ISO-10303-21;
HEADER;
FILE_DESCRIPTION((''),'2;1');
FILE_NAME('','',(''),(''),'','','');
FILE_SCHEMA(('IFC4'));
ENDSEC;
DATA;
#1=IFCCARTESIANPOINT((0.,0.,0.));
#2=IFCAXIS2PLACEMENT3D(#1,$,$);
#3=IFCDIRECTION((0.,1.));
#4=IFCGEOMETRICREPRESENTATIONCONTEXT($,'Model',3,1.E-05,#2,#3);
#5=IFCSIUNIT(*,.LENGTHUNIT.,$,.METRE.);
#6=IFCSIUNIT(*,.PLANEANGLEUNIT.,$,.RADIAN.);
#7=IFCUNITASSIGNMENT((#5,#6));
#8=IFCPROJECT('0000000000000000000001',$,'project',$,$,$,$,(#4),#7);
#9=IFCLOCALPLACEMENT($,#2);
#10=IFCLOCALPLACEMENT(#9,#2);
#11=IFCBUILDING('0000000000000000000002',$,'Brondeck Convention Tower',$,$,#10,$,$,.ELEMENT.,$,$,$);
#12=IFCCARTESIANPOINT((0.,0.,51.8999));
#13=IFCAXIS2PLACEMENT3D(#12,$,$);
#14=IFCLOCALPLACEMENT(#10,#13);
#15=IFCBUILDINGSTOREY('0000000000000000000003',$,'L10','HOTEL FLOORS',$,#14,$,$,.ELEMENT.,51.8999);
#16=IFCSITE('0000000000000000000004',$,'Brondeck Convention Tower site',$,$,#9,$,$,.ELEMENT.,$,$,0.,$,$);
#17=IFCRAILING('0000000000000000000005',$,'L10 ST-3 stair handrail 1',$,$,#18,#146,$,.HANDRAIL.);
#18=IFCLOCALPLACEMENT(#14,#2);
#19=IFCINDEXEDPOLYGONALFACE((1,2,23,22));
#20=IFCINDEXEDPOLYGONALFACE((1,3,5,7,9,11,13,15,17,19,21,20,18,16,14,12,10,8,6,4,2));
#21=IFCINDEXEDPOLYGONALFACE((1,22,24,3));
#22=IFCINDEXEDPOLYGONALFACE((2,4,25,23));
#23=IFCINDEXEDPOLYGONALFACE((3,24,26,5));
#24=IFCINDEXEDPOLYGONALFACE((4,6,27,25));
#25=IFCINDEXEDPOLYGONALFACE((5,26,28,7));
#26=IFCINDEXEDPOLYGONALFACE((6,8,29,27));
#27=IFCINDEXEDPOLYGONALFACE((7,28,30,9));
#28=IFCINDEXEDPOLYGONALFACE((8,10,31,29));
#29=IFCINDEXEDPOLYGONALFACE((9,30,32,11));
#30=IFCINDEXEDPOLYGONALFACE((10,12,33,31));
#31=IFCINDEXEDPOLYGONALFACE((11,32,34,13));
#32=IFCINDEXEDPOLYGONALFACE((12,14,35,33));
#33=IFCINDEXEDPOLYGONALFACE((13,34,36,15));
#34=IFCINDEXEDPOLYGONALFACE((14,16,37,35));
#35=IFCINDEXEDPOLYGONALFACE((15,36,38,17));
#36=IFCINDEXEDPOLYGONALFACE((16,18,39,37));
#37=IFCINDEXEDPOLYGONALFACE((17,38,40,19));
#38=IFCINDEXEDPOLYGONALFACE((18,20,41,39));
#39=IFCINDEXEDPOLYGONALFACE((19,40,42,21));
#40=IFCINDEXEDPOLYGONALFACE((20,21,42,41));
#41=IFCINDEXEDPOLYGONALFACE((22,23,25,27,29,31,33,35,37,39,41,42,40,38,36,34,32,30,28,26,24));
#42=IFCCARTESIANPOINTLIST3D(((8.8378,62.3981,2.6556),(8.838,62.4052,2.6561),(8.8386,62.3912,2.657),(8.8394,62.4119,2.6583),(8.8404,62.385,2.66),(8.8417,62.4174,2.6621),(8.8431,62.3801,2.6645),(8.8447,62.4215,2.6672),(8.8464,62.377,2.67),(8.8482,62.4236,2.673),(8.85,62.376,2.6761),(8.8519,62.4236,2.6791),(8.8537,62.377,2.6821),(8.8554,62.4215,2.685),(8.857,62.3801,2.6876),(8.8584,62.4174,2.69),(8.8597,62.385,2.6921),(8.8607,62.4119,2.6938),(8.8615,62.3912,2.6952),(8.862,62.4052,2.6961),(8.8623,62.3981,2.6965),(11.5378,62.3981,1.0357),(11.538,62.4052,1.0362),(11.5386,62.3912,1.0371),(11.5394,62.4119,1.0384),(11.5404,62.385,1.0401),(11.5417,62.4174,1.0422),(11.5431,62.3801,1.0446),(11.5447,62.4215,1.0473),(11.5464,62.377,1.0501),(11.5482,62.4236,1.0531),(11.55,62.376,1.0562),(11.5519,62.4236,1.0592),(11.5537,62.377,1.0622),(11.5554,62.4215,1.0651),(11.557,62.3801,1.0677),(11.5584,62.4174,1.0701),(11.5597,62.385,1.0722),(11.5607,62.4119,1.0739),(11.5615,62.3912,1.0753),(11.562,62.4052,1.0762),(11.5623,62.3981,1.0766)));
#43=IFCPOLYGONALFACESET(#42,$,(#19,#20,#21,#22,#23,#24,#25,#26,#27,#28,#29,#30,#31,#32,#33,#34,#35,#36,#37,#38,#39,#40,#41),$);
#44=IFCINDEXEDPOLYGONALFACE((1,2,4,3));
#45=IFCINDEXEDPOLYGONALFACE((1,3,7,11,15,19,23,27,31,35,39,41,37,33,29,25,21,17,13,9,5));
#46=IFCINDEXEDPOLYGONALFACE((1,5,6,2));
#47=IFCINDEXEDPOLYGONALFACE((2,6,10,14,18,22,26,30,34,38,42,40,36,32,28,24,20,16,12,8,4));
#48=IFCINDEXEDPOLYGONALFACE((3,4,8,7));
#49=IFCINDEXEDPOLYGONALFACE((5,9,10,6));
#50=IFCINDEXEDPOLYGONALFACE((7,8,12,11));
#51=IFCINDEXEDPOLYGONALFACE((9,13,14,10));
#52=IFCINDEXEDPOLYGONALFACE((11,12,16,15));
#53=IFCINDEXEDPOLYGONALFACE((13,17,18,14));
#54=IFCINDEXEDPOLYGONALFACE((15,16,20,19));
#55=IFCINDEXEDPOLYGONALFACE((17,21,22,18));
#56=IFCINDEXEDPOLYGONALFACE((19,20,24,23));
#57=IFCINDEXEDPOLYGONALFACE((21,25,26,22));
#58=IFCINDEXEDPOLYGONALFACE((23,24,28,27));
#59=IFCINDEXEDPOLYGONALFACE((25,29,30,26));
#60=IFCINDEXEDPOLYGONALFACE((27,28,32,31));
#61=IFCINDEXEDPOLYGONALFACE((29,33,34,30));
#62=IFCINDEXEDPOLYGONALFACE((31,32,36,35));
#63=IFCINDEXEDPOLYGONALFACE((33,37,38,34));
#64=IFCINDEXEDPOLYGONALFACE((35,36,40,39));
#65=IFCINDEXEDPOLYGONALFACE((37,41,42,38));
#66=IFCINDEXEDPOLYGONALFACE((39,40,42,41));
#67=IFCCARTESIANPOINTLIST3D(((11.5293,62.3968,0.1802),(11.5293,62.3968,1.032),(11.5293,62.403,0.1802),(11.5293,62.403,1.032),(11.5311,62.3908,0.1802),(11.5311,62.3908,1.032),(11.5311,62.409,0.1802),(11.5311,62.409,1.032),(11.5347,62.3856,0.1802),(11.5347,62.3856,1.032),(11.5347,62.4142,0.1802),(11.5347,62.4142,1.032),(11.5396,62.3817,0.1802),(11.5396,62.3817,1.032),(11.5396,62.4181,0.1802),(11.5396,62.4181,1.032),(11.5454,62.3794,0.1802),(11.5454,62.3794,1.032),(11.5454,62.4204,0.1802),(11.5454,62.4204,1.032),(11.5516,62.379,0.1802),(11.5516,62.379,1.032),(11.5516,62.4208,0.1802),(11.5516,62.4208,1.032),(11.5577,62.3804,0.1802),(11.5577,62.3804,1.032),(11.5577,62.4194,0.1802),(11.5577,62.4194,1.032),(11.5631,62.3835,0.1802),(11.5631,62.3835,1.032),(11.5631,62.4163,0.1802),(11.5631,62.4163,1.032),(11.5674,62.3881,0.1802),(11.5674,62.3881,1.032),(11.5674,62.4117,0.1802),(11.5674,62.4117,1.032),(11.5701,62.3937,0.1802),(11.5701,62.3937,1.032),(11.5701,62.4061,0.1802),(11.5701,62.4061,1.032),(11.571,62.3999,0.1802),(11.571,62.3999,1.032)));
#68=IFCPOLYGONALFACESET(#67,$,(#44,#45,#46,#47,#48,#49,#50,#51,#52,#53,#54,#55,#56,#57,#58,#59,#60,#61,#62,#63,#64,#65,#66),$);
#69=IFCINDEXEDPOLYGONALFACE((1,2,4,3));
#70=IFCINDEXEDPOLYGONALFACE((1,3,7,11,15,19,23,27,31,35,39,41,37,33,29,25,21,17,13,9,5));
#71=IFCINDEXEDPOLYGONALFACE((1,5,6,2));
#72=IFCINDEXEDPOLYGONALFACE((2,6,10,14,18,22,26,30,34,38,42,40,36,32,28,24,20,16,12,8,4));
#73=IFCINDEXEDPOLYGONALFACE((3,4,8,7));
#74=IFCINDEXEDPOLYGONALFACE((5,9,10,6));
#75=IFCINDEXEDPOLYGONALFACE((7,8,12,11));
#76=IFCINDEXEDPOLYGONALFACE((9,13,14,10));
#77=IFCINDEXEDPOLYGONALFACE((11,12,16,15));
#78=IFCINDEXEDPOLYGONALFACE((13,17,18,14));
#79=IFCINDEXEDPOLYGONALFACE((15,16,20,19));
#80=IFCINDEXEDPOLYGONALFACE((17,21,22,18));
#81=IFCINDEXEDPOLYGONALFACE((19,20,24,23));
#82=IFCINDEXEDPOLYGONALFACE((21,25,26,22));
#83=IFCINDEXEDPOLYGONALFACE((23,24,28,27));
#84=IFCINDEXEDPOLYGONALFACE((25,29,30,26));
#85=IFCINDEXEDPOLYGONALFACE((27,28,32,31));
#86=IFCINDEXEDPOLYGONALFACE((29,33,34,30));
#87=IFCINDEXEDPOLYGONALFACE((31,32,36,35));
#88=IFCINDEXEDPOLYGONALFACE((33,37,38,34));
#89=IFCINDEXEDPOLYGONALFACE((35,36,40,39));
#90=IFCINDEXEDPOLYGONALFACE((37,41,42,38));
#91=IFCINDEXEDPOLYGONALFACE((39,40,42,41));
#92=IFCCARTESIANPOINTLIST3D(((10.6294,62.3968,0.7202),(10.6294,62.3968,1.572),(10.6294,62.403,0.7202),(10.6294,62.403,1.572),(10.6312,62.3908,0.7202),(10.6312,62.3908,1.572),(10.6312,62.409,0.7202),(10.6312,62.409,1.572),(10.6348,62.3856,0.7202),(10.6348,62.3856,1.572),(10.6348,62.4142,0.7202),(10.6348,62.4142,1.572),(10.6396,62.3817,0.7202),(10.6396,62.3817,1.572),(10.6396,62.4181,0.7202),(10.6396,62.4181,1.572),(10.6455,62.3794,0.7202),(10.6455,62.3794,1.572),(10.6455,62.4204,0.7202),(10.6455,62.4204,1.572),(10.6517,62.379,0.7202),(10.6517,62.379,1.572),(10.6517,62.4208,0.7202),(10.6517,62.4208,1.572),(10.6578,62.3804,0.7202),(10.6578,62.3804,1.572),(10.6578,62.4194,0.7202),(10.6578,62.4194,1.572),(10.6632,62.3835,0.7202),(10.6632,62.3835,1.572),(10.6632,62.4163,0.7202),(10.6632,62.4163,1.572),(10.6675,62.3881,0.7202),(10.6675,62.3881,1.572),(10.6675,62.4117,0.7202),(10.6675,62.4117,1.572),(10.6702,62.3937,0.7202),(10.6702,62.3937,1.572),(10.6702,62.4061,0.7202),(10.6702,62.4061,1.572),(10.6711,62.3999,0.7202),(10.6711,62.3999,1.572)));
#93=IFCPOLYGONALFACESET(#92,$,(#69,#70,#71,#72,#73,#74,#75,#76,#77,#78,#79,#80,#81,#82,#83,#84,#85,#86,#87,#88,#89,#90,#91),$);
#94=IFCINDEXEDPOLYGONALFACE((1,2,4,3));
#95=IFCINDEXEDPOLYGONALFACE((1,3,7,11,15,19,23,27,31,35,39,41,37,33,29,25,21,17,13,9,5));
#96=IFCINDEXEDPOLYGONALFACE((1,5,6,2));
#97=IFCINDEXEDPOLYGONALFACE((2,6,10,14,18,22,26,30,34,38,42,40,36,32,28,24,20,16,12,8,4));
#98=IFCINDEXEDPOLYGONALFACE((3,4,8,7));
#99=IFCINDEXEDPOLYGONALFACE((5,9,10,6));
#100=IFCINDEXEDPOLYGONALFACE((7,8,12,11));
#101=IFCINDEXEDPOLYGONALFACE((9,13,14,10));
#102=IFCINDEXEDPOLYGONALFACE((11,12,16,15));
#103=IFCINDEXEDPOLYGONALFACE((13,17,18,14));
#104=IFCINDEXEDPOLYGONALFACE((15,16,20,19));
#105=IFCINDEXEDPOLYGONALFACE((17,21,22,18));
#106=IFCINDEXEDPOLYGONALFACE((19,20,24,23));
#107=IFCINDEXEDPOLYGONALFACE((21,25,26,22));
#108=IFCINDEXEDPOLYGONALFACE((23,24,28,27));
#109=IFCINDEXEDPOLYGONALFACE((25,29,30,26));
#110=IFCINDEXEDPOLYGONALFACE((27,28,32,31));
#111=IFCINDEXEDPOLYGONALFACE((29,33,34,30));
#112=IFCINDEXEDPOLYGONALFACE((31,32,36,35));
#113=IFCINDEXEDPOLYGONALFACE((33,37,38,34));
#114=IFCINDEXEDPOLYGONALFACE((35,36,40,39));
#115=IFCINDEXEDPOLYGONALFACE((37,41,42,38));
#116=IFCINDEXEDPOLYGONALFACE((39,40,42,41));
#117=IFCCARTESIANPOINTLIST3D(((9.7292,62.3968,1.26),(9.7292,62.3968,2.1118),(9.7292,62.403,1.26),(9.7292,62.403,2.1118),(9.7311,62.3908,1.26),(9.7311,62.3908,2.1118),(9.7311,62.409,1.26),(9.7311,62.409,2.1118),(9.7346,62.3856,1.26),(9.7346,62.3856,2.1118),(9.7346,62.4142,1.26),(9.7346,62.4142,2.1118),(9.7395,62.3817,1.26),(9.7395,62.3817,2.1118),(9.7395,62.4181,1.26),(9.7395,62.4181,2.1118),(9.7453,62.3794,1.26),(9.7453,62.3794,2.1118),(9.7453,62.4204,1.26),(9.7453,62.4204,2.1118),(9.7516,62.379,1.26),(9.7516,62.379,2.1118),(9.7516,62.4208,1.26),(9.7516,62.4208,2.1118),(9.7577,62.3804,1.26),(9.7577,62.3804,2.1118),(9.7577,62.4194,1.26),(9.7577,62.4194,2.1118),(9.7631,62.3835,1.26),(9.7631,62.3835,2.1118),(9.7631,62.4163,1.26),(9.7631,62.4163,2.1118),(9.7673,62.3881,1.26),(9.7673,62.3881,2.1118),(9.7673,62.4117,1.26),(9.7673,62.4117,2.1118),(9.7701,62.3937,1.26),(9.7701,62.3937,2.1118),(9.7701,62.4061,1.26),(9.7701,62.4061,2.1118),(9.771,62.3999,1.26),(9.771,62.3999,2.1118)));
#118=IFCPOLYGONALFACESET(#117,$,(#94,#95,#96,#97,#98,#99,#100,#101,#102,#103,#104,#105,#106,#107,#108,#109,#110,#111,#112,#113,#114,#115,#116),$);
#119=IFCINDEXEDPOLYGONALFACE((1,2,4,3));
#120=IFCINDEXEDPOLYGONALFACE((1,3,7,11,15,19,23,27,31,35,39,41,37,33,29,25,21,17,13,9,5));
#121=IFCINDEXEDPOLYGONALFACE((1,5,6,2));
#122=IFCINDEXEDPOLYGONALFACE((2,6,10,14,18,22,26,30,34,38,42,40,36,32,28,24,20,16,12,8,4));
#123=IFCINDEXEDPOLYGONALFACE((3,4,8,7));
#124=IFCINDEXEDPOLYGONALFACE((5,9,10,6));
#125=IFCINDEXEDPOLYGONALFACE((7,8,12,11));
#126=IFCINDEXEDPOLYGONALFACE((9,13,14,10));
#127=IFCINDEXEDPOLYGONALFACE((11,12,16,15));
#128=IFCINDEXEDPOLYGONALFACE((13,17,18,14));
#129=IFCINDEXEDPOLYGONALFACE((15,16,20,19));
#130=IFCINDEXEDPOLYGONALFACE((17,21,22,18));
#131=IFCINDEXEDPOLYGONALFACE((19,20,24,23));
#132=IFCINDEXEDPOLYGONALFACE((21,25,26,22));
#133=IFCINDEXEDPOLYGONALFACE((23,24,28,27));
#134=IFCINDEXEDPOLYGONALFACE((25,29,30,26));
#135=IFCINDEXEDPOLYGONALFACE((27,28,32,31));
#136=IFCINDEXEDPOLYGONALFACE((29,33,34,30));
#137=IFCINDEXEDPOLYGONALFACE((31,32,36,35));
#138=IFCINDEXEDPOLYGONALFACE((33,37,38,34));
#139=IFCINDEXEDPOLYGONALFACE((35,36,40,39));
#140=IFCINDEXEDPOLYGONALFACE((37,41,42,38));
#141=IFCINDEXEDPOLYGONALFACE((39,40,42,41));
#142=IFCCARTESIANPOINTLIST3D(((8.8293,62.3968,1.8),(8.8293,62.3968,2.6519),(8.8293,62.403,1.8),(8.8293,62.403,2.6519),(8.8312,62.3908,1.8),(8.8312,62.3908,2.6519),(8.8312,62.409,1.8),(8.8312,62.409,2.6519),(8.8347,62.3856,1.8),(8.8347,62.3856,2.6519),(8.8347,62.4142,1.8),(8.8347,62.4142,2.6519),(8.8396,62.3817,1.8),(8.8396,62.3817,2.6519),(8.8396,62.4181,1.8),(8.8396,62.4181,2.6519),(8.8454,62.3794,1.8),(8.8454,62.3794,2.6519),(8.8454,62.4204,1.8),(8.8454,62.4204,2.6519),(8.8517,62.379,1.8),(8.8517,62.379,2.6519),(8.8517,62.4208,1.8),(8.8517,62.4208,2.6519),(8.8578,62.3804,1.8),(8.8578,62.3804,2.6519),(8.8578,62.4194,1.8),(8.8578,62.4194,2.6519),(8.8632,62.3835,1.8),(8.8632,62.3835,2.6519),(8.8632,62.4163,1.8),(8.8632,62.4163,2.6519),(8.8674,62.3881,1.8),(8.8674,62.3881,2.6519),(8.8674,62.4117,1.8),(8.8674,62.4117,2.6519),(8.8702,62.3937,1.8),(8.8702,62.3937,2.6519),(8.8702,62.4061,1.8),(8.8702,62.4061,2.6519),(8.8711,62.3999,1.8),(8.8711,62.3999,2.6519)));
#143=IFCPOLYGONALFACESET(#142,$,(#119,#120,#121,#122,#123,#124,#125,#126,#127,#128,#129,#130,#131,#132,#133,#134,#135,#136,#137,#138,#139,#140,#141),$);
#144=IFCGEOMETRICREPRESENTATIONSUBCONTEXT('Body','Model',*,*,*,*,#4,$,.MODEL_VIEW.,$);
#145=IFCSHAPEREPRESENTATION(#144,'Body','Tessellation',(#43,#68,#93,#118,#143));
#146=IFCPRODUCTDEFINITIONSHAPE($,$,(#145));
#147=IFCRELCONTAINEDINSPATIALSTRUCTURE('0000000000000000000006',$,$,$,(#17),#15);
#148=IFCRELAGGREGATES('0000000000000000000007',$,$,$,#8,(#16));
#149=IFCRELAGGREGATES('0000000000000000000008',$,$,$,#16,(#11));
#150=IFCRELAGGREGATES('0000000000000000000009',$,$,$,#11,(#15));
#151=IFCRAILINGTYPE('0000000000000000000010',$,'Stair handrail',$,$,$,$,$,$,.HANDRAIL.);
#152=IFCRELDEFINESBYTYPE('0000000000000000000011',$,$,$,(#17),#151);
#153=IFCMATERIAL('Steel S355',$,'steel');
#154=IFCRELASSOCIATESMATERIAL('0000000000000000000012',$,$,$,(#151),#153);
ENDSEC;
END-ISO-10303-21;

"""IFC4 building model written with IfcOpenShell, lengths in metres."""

from ifc_helpers import new_model, si_unit, direction, frame, origin, origin_2d, place, context, subcontext, project, spatial, circle, extrude, material, type_object, element, save


model = new_model("IFC4")

# Units and contexts
model_context = context("Model", 3, precision=1e-05, world=origin(), true_north=direction((0.0, 1.0)))
body_context = subcontext(model_context, "Body", "Model", "MODEL_VIEW")
ifc_project = project(units=[si_unit("LENGTHUNIT", "METRE"), si_unit("PLANEANGLEUNIT", "RADIAN")], contexts=[model_context])

# Site, building, storey
site_placement = place(None, origin())
site = spatial("IfcSite", under=ifc_project, at=site_placement, Name="Brondeck Convention Tower site", CompositionType="ELEMENT", RefElevation=0.0)
building_placement = place(site_placement, origin())
building = spatial("IfcBuilding", under=site, at=building_placement, Name="Brondeck Convention Tower", CompositionType="ELEMENT")
storey_placement = place(building_placement, frame((0.0, 0.0, 51.8999)))
storey = spatial("IfcBuildingStorey", under=building, at=storey_placement, Name="L10", Description="HOTEL FLOORS", CompositionType="ELEMENT", Elevation=51.8999)

# Railing
ifc_material_1 = material(Name="Steel S355", Category="steel")
railing_type_1 = type_object("IfcRailingType", Name="Stair handrail", PredefinedType="HANDRAIL", material=ifc_material_1)
railing_1_placement = place(storey_placement, frame((11.55, 62.3999, 0.1802)))
element("IfcRailing", 1, at=railing_1_placement, inside=storey, type_object=railing_type_1, Name="L10 ST-3 stair handrail 1", PredefinedType="HANDRAIL", context=body_context, shape_type="SweptSolid", body=[
    extrude(circle(Radius=0.0239, at=origin_2d()), frame((0.0, 0.0, 0.876), z_axis=(-0.857507, 0.0, 0.514473), x_axis=(0.0, -1.0, 0.0)), (0.0, 0.0, 1.0), 3.1487),
    extrude(circle(Radius=0.021, at=origin_2d()), origin(), (0.0, 0.0, 1.0), 0.8518),
    extrude(circle(Radius=0.021, at=origin_2d()), frame((-0.8999, 0.0, 0.54)), (0.0, 0.0, 1.0), 0.8518),
    extrude(circle(Radius=0.021, at=origin_2d()), frame((-1.8, 0.0, 1.0798)), (0.0, 0.0, 1.0), 0.8518),
    extrude(circle(Radius=0.021, at=origin_2d()), frame((-2.7, 0.0, 1.6199)), (0.0, 0.0, 1.0), 0.8518),
])

save(model, "model.ifc")
